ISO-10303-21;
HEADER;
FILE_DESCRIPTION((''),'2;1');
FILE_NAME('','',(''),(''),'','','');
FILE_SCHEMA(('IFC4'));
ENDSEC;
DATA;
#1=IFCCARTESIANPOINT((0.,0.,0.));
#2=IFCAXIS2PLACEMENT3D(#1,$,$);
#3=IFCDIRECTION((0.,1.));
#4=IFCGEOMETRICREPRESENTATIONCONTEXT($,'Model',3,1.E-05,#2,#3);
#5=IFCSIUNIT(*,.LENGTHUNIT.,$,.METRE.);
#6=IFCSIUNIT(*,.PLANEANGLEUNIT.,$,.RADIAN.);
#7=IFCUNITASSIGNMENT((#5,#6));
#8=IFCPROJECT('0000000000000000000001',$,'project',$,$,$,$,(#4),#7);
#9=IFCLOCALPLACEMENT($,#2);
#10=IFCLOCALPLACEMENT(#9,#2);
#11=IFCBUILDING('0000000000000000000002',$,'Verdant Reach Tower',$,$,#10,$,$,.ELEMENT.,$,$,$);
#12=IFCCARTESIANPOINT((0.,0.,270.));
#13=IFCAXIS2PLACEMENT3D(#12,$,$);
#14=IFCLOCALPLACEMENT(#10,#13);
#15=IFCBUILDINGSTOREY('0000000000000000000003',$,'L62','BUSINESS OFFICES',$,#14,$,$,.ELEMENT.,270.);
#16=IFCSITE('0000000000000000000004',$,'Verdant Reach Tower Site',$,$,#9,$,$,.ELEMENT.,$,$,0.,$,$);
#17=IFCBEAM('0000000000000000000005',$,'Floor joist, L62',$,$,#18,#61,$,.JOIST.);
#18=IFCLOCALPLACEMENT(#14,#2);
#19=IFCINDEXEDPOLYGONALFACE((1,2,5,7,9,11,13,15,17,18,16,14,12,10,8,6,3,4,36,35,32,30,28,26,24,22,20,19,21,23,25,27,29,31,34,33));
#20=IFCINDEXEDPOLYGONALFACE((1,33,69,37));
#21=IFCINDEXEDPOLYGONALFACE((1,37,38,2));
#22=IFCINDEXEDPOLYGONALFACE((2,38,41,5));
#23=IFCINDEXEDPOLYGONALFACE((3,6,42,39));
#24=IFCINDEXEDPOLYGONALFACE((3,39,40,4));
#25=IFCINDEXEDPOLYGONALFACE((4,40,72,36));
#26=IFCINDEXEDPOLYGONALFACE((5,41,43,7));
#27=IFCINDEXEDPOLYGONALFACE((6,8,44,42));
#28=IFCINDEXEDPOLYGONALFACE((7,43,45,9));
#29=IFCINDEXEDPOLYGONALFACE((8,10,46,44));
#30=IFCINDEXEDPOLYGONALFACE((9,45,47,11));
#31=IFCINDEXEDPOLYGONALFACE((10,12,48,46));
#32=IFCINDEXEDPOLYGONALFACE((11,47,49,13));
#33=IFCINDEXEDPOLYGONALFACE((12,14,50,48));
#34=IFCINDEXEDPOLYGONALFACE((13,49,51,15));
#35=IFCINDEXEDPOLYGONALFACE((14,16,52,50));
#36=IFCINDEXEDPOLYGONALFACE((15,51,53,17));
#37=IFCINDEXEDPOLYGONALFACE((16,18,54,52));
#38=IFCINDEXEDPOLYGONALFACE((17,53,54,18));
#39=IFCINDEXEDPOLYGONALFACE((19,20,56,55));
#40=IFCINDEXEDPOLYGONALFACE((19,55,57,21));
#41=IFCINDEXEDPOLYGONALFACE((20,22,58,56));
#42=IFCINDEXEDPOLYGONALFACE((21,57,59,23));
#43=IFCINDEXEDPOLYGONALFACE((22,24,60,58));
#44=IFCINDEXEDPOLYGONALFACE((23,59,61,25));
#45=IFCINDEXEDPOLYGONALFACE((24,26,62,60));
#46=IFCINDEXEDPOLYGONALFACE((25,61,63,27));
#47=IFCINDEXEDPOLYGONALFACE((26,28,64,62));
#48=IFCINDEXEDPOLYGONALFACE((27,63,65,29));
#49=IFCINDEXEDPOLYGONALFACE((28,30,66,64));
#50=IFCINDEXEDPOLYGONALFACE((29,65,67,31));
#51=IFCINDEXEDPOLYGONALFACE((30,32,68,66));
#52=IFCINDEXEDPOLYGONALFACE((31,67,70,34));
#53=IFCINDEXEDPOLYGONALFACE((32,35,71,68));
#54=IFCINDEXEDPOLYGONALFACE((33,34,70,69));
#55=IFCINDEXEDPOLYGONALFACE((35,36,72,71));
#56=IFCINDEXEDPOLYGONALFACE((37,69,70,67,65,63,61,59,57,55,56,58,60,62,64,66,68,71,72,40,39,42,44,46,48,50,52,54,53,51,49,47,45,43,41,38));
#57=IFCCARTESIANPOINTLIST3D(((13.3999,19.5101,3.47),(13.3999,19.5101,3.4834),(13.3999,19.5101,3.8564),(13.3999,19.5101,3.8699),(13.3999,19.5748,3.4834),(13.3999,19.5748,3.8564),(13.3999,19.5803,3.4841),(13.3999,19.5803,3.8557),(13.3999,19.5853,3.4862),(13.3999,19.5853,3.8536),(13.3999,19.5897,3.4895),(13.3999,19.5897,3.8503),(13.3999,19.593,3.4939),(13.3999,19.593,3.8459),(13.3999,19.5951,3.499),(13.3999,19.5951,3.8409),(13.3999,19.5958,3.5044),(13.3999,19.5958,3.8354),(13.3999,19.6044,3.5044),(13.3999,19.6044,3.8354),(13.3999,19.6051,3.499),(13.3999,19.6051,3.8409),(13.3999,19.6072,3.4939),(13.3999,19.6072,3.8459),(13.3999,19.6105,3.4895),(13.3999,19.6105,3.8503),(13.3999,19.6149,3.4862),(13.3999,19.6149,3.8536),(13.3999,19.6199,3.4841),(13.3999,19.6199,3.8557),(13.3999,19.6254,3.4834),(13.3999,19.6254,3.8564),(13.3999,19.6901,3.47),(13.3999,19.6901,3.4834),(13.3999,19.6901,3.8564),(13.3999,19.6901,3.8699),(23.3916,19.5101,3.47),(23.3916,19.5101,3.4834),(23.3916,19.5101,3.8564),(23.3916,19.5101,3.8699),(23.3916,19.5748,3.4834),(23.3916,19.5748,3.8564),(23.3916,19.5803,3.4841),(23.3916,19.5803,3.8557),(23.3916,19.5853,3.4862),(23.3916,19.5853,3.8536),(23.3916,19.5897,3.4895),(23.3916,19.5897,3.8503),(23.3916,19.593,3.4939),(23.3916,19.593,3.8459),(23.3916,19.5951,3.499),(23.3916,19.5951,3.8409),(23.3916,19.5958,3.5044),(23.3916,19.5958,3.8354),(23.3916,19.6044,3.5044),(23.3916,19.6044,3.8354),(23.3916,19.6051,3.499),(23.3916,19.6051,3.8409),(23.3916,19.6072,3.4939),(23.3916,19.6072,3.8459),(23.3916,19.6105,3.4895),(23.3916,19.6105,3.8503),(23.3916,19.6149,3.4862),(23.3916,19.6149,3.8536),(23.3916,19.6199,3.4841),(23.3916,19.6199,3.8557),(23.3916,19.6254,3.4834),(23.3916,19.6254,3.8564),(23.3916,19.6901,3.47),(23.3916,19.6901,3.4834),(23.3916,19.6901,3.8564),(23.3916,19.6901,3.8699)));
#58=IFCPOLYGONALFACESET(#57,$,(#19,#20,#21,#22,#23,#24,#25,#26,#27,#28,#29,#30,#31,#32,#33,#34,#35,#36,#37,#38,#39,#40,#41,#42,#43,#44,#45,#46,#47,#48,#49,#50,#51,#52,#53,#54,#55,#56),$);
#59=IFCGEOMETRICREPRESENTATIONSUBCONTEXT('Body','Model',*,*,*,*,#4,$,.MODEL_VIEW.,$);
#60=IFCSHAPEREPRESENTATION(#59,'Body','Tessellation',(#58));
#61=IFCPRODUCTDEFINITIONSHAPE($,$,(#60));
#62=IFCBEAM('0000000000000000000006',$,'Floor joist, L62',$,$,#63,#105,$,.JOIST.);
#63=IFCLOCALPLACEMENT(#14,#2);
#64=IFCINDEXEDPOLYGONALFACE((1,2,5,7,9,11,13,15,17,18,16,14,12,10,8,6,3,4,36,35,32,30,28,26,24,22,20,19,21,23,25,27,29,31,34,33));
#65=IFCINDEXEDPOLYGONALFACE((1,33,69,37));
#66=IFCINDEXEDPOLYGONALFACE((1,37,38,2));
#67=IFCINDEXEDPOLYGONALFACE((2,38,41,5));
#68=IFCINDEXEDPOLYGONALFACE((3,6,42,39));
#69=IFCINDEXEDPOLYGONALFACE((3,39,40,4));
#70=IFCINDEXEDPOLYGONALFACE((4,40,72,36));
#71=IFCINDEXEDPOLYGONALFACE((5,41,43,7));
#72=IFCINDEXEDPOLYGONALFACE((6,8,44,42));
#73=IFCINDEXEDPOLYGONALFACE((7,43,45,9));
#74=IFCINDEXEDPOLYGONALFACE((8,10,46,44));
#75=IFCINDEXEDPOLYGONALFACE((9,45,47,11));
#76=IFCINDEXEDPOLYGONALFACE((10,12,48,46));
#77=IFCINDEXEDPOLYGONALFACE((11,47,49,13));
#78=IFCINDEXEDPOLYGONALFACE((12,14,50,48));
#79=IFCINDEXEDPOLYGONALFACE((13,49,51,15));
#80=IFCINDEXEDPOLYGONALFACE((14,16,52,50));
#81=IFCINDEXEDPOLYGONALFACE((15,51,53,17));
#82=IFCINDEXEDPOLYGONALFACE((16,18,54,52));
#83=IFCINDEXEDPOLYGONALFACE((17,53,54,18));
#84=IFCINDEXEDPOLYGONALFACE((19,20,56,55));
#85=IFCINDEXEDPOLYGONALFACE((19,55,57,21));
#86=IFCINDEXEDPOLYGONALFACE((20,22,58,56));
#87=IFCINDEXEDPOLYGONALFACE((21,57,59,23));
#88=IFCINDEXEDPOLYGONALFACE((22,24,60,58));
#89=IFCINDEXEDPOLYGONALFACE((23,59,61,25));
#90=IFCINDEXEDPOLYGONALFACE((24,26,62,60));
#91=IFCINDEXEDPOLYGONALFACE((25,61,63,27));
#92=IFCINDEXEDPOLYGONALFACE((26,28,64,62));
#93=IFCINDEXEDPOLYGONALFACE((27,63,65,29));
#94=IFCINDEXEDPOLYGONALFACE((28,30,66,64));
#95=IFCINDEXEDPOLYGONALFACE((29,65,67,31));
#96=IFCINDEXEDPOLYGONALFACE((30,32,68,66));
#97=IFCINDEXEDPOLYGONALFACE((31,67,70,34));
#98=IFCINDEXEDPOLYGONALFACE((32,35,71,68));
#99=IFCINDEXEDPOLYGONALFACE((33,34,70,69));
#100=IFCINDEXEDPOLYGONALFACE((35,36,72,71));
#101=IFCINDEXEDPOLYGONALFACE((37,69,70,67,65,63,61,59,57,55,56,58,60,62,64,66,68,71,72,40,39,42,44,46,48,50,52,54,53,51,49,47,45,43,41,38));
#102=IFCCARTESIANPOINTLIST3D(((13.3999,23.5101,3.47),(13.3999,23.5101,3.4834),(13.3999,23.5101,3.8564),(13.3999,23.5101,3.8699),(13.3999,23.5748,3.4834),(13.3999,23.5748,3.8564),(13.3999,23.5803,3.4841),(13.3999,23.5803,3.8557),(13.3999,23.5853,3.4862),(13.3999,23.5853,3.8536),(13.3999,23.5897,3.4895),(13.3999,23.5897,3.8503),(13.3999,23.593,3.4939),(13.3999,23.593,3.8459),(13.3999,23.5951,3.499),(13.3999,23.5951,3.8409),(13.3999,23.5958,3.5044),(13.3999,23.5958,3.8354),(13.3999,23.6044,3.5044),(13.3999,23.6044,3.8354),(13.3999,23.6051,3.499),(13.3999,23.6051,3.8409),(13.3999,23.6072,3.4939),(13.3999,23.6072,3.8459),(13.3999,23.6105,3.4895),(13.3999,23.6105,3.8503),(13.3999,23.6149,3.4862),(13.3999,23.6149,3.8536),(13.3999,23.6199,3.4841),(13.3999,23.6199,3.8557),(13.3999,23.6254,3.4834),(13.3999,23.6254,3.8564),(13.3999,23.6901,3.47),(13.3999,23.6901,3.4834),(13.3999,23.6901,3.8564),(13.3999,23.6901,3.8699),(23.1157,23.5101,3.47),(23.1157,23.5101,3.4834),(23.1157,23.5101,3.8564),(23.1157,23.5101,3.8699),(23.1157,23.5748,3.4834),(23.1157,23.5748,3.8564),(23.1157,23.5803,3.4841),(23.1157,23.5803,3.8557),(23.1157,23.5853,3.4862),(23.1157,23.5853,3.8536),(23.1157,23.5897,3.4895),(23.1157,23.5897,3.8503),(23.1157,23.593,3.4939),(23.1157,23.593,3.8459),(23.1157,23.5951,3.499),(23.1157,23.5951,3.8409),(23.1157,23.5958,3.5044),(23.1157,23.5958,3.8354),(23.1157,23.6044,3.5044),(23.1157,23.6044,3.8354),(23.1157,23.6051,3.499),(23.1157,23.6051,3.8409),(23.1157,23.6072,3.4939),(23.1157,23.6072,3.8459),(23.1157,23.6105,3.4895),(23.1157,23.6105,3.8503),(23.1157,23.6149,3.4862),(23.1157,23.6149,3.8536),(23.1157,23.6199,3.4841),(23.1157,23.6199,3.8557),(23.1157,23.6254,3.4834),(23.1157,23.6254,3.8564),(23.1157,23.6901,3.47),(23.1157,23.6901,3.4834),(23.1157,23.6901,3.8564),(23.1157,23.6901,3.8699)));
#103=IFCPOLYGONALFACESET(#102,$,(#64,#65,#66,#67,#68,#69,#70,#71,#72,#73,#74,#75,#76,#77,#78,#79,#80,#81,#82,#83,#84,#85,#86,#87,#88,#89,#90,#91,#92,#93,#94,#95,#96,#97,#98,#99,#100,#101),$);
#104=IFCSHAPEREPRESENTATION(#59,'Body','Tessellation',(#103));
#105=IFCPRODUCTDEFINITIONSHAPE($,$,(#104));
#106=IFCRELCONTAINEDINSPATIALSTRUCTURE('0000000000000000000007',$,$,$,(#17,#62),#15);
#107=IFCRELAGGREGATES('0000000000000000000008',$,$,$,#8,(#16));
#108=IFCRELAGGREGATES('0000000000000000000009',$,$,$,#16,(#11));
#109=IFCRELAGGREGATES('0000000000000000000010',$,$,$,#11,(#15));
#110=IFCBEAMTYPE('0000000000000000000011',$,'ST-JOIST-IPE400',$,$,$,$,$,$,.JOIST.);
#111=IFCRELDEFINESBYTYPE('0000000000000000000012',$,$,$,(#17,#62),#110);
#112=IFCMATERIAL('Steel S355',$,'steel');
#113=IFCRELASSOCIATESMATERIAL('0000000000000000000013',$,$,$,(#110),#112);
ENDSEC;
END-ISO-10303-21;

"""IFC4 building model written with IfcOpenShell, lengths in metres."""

from ifc_helpers import new_model, si_unit, direction, frame, origin, origin_2d, place, context, subcontext, project, spatial, i_section, extrude, material, material_profile, profile_set, type_object, element, save


model = new_model("IFC4")

# Units and contexts
model_context = context("Model", 3, precision=1e-05, world=origin(), true_north=direction((0.0, 1.0)))
body_context = subcontext(model_context, "Body", "Model", "MODEL_VIEW")
ifc_project = project(units=[si_unit("LENGTHUNIT", "METRE"), si_unit("PLANEANGLEUNIT", "RADIAN")], contexts=[model_context])

# Site, building, storey
site_placement = place(None, origin())
site = spatial("IfcSite", under=ifc_project, at=site_placement, Name="Verdant Reach Tower Site", CompositionType="ELEMENT", RefElevation=0.0)
building_placement = place(site_placement, origin())
building = spatial("IfcBuilding", under=site, at=building_placement, Name="Verdant Reach Tower", CompositionType="ELEMENT")
storey_placement = place(building_placement, frame((0.0, 0.0, 270.0)))
storey = spatial("IfcBuildingStorey", under=building, at=storey_placement, Name="L62", Description="BUSINESS OFFICES", CompositionType="ELEMENT", Elevation=270.0)

# Beams
ifc_material_1 = material(Name="Steel S355", Category="steel")
ifc_material_profile = material_profile(ifc_material_1, i_section(OverallWidth=0.1799, OverallDepth=0.3999, WebThickness=0.0085, FlangeThickness=0.0134, FilletRadius=0.021, at=origin_2d()), Name="IPE 400")
ifc_profile_set = profile_set([ifc_material_profile], Name="Steel S355")
beam_type = type_object("IfcBeamType", Name="ST-JOIST-IPE400", PredefinedType="JOIST", material=ifc_profile_set)
beam_1_placement = place(storey_placement, frame((13.3999, 19.6001, 3.6699), z_axis=(1.0, 0.0, 0.0), x_axis=(0.0, 1.0, 0.0)))
element("IfcBeam", 1, at=beam_1_placement, inside=storey, type_object=beam_type, Name="Floor joist, L62", PredefinedType="JOIST", context=body_context, shape_type="SweptSolid", body=[
    extrude(i_section(OverallWidth=0.1799, OverallDepth=0.3999, WebThickness=0.0085, FlangeThickness=0.0134, FilletRadius=0.021, at=origin_2d()), origin(), (0.0, 0.0, 1.0), 9.9917),
])
beam_2_placement = place(storey_placement, frame((13.3999, 23.6001, 3.6699), z_axis=(1.0, 0.0, 0.0), x_axis=(0.0, 1.0, 0.0)))
element("IfcBeam", 2, at=beam_2_placement, inside=storey, type_object=beam_type, Name="Floor joist, L62", PredefinedType="JOIST", context=body_context, shape_type="SweptSolid", body=[
    extrude(i_section(OverallWidth=0.1799, OverallDepth=0.3999, WebThickness=0.0085, FlangeThickness=0.0134, FilletRadius=0.021, at=origin_2d()), origin(), (0.0, 0.0, 1.0), 9.7158),
])

save(model, "model.ifc")
